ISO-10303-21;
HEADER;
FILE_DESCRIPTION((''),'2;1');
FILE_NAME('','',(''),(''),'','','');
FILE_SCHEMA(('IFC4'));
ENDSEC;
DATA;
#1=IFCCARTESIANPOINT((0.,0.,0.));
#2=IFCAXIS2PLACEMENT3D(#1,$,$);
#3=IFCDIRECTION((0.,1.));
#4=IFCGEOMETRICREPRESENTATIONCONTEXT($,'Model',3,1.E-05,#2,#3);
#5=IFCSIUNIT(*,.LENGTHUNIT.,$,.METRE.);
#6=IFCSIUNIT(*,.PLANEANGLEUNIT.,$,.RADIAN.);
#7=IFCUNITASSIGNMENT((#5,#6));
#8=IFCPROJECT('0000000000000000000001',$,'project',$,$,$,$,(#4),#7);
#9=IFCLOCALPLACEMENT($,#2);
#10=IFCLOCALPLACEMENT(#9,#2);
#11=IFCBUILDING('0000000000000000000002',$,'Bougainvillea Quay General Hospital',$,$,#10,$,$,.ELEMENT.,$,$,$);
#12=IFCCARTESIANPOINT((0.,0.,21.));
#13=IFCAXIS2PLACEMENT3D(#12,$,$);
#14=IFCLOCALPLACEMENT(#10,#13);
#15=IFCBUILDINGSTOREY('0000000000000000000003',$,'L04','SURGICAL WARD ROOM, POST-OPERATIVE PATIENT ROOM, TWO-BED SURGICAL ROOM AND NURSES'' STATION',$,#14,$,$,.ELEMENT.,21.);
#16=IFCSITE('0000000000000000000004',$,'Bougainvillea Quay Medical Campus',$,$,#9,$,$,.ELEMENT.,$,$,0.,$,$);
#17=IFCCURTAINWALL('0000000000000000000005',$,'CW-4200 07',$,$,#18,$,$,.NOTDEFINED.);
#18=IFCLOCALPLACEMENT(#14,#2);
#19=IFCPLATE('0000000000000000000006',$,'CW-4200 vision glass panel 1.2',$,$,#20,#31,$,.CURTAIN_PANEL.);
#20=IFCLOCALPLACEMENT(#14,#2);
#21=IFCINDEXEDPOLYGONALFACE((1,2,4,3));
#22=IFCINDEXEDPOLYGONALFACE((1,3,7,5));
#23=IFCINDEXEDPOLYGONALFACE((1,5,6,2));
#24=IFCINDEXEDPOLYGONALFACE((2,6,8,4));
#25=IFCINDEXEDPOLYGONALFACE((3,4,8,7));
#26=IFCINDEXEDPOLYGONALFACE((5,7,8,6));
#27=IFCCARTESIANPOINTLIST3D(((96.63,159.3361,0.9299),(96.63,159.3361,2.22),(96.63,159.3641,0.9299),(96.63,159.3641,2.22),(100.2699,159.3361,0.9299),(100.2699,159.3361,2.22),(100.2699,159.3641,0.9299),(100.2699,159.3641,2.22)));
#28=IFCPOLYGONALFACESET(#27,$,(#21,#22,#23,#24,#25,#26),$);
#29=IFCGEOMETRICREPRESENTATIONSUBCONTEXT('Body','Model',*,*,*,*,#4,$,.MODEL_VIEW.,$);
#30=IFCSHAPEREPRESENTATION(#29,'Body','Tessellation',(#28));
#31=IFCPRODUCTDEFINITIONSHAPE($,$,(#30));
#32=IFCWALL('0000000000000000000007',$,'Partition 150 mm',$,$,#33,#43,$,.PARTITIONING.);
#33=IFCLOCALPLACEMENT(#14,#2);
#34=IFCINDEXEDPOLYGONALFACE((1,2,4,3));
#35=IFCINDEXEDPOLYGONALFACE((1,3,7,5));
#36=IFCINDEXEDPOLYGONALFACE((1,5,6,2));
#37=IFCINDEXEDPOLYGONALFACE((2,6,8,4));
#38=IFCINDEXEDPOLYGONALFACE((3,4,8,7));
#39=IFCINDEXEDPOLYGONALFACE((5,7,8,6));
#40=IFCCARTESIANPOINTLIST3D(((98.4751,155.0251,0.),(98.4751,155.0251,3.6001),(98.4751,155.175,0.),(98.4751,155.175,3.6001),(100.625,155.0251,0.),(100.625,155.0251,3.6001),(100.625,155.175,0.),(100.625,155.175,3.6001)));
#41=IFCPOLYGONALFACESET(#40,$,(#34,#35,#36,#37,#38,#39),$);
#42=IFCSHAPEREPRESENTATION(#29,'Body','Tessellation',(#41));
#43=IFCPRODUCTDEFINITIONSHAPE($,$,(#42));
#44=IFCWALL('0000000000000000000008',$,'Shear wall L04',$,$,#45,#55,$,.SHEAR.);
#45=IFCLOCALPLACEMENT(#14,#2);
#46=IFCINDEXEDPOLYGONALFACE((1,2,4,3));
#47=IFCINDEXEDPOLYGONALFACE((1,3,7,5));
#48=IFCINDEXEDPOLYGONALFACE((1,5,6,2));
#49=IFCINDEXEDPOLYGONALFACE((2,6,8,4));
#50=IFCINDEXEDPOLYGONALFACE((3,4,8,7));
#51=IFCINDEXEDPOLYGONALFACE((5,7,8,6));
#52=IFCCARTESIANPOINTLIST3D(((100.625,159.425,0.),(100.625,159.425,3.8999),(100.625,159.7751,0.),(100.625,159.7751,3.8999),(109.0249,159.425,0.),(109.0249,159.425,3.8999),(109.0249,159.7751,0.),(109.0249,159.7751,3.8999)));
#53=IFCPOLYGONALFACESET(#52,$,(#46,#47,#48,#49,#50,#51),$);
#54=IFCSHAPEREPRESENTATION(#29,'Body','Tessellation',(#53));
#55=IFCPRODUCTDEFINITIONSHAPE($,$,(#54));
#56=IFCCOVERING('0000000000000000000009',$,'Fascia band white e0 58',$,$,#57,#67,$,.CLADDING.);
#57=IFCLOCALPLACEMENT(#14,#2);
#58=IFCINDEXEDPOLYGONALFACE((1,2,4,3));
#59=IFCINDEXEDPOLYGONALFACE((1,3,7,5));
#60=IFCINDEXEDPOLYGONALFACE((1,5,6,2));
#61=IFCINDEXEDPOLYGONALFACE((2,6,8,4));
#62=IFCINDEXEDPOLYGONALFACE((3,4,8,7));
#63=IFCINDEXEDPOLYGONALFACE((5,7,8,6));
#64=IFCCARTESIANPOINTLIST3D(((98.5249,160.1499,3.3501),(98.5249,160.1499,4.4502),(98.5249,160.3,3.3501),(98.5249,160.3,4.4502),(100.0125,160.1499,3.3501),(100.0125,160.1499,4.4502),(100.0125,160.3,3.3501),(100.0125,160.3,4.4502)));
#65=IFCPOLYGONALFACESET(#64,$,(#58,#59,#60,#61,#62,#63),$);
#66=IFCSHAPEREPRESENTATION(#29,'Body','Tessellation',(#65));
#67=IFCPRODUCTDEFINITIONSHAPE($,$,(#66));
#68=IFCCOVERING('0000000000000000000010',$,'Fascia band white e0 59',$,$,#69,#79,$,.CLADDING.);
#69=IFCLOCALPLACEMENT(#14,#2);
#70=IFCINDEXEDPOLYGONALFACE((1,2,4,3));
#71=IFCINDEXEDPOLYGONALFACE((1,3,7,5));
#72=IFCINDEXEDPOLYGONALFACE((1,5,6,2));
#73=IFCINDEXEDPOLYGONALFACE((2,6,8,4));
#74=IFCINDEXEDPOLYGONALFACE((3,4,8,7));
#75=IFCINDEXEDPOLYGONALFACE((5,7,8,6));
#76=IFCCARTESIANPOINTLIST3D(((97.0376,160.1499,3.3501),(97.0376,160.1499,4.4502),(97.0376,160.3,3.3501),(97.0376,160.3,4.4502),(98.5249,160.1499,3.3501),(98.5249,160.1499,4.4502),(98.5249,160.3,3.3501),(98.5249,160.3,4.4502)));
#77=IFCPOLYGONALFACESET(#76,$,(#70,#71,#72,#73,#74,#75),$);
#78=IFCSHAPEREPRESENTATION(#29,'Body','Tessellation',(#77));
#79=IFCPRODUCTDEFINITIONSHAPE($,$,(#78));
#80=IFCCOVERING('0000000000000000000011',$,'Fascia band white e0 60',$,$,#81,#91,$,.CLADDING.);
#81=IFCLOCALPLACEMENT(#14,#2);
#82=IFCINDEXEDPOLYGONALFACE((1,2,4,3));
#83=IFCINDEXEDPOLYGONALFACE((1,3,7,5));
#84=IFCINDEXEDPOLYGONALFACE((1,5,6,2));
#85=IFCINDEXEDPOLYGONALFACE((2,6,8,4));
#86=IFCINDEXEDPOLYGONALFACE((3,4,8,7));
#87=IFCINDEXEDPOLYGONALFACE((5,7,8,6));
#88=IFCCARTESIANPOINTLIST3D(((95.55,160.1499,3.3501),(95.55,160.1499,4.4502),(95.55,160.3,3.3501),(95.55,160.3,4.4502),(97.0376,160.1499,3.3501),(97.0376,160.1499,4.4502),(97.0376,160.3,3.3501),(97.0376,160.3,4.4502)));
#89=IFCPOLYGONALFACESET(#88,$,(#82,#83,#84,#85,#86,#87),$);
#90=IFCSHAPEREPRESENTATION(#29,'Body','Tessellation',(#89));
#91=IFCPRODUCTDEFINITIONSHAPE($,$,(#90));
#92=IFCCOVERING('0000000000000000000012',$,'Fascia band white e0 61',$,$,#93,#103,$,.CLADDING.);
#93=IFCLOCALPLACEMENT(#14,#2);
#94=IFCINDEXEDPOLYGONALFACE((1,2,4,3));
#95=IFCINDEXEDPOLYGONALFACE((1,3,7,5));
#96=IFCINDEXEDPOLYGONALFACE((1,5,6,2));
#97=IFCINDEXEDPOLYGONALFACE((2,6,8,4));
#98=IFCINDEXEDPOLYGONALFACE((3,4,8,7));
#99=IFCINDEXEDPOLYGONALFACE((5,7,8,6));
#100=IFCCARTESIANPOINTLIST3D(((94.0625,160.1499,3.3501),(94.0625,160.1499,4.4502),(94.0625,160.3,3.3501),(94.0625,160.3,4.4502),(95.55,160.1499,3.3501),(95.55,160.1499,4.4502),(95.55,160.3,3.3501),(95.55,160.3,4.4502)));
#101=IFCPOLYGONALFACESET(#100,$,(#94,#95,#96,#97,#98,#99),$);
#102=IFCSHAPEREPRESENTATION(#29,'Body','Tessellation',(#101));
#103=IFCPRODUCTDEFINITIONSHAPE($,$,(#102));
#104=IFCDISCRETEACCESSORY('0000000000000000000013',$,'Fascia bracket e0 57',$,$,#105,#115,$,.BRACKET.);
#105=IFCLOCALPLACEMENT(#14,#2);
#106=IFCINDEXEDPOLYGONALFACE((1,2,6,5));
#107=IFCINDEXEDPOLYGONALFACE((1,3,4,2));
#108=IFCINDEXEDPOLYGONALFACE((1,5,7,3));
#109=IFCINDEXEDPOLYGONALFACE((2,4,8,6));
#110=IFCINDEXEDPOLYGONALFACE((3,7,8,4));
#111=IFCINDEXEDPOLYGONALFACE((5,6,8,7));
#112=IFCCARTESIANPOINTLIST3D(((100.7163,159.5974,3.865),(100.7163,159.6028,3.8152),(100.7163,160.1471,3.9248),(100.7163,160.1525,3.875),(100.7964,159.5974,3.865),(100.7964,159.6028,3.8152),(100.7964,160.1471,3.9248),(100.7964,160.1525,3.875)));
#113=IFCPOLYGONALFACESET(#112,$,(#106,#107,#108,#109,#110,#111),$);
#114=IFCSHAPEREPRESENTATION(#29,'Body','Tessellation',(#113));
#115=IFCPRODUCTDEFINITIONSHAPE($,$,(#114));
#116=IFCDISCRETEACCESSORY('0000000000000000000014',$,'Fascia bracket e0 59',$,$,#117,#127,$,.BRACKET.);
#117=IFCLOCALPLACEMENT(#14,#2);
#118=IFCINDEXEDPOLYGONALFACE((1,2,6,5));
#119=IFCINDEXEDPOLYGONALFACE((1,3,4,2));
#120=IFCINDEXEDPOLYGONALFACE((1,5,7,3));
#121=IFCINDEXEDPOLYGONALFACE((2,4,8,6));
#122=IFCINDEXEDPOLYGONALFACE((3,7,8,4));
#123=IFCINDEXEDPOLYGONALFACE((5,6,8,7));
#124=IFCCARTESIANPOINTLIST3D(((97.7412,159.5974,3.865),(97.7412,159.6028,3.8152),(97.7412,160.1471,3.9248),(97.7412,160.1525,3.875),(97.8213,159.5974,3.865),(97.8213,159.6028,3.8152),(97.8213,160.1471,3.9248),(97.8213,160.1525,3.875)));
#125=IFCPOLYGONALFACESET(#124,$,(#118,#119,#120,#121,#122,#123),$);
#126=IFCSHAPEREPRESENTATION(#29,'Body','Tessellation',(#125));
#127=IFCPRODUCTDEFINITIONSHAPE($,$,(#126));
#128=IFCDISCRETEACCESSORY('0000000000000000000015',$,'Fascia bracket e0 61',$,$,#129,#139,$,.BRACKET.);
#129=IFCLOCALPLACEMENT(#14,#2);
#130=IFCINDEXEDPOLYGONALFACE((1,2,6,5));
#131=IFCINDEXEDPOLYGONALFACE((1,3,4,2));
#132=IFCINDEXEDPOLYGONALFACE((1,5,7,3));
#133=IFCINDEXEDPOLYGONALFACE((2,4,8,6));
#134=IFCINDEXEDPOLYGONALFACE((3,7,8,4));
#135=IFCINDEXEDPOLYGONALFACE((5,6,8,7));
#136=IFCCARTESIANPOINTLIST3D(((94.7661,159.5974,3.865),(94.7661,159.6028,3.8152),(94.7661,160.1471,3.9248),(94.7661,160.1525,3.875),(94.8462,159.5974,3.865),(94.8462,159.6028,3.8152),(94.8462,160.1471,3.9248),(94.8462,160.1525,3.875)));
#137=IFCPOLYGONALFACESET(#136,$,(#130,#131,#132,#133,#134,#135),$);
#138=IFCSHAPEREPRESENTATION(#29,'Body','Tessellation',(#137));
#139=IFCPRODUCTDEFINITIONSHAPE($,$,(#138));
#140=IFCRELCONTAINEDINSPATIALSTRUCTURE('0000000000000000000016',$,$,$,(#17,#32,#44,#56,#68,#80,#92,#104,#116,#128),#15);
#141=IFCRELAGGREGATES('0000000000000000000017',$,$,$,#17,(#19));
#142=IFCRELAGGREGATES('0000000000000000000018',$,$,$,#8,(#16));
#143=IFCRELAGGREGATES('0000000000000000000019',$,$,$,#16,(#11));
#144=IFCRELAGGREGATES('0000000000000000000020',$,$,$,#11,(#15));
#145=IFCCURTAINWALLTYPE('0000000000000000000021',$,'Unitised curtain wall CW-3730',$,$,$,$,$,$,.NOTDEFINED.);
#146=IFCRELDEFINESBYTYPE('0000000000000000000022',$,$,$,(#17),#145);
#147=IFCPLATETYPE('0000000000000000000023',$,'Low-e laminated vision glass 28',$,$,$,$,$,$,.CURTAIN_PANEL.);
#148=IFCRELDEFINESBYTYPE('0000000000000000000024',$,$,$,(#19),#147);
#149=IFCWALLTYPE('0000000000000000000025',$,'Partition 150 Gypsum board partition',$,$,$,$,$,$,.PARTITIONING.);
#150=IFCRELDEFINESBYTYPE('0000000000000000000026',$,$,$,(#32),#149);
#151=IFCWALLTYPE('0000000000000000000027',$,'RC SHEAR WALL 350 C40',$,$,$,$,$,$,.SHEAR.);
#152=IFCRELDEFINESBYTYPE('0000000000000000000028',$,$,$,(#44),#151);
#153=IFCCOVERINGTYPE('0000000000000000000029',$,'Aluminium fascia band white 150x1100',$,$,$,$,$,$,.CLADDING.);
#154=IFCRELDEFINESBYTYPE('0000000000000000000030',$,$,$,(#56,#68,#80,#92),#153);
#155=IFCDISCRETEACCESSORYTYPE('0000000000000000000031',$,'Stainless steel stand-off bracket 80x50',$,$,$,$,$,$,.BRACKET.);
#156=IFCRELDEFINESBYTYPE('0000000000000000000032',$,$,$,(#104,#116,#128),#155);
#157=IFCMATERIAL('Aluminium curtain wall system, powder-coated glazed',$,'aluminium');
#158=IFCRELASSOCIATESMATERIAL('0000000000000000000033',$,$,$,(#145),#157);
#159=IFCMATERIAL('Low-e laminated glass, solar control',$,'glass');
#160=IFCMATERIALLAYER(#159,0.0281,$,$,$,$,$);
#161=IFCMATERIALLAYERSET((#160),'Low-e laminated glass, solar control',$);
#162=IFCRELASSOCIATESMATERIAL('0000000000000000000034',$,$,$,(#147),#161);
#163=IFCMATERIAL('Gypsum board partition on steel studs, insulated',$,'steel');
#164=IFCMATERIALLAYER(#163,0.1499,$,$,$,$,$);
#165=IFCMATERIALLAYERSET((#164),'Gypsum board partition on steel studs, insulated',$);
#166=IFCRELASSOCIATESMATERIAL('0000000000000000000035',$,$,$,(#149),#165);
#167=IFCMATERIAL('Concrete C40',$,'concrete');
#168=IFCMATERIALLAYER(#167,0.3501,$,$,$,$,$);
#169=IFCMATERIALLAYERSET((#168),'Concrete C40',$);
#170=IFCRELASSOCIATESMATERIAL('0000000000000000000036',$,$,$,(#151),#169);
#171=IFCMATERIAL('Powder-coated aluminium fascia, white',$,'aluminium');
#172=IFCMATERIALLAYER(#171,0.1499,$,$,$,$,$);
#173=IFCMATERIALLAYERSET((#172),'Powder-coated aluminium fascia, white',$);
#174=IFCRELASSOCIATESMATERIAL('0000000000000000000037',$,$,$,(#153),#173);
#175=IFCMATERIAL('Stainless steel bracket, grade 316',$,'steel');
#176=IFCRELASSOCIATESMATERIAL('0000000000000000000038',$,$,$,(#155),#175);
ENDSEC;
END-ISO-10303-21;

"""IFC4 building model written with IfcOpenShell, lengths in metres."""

from ifc_helpers import new_model, si_unit, direction, frame, frame_2d, origin, origin_2d, place, context, subcontext, project, spatial, polyline, rectangle, outline, extrude, material, layer, layer_set, material_profile, profile_set, type_object, element, aggregate, save


model = new_model("IFC4")

# Units and contexts
model_context = context("Model", 3, precision=1e-05, world=origin(), true_north=direction((0.0, 1.0)))
body_context = subcontext(model_context, "Body", "Model", "MODEL_VIEW")
ifc_project = project(units=[si_unit("LENGTHUNIT", "METRE"), si_unit("PLANEANGLEUNIT", "RADIAN")], contexts=[model_context])

# Site, building, storey
site_placement = place(None, origin())
site = spatial("IfcSite", under=ifc_project, at=site_placement, Name="Bougainvillea Quay Medical Campus", CompositionType="ELEMENT", RefElevation=0.0)
building_placement = place(site_placement, origin())
building = spatial("IfcBuilding", under=site, at=building_placement, Name="Bougainvillea Quay General Hospital", CompositionType="ELEMENT")
storey_placement = place(building_placement, frame((0.0, 0.0, 21.0)))
storey = spatial("IfcBuildingStorey", under=building, at=storey_placement, Name="L04", Description="SURGICAL WARD ROOM, POST-OPERATIVE PATIENT ROOM, TWO-BED SURGICAL ROOM AND NURSES' STATION", CompositionType="ELEMENT", Elevation=21.0)

# Shared definitions
ifc_material_1 = material(Name="Concrete C40", Category="concrete")

# Curtain wall, plate
ifc_material_2 = material(Name="Aluminium curtain wall system, powder-coated glazed", Category="aluminium")
curtain_wall_type = type_object("IfcCurtainWallType", Name="Unitised curtain wall CW-3730", PredefinedType="NOTDEFINED", material=ifc_material_2)
curtain_wall_placement = place(storey_placement, origin())
curtain_wall = element("IfcCurtainWall", 1, at=curtain_wall_placement, inside=storey, type_object=curtain_wall_type, Name="CW-4200 07", PredefinedType="NOTDEFINED")
ifc_material_3 = material(Name="Low-e laminated glass, solar control", Category="glass")
ifc_layer_1 = layer(ifc_material_3, 0.0281)
ifc_layer_set_1 = layer_set([ifc_layer_1], Name="Low-e laminated glass, solar control")
plate_type_1 = type_object("IfcPlateType", Name="Low-e laminated vision glass 28", PredefinedType="CURTAIN_PANEL", material=ifc_layer_set_1)
plate_1_placement = place(storey_placement, frame((98.45, 159.3501, 0.9299), z_axis=(0.0, 0.0, 1.0), x_axis=(-1.0, 0.0, 0.0)))
plate_1 = element("IfcPlate", 2, at=plate_1_placement, type_object=plate_type_1, Name="CW-4200 vision glass panel 1.2", PredefinedType="CURTAIN_PANEL", context=body_context, shape_type="SweptSolid", body=[
    extrude(rectangle(XDim=3.6399, YDim=0.0281, at=origin_2d()), origin(), (0.0, 0.0, 1.0), 1.29),
])
aggregate(curtain_wall, [plate_1])

# Walls
ifc_material_4 = material(Name="Gypsum board partition on steel studs, insulated", Category="steel")
ifc_layer_2 = layer(ifc_material_4, 0.1499)
ifc_layer_set_2 = layer_set([ifc_layer_2], Name="Gypsum board partition on steel studs, insulated")
wall_type_1 = type_object("IfcWallType", Name="Partition 150 Gypsum board partition", PredefinedType="PARTITIONING", material=ifc_layer_set_2)
wall_1_placement = place(storey_placement, frame((98.4751, 155.1001, 0.0), z_axis=(0.0, 0.0, 1.0), x_axis=(1.0, 0.0, 0.0)))
element("IfcWall", 3, at=wall_1_placement, inside=storey, type_object=wall_type_1, Name="Partition 150 mm", PredefinedType="PARTITIONING", context=body_context, shape_type="SweptSolid", body=[
    extrude(rectangle(XDim=2.1499, YDim=0.1499, at=frame_2d((1.075, 0.0))), origin(), (0.0, 0.0, 1.0), 3.6001),
])
ifc_layer_3 = layer(ifc_material_1, 0.3501)
ifc_layer_set_3 = layer_set([ifc_layer_3], Name="Concrete C40")
wall_type_2 = type_object("IfcWallType", Name="RC SHEAR WALL 350 C40", PredefinedType="SHEAR", material=ifc_layer_set_3)
wall_2_placement = place(storey_placement, frame((100.625, 159.6001, 0.0), z_axis=(0.0, 0.0, 1.0), x_axis=(1.0, 0.0, 0.0)))
element("IfcWall", 4, at=wall_2_placement, inside=storey, type_object=wall_type_2, Name="Shear wall L04", PredefinedType="SHEAR", context=body_context, shape_type="SweptSolid", body=[
    extrude(rectangle(XDim=8.3999, YDim=0.3501, at=frame_2d((4.2, 0.0))), origin(), (0.0, 0.0, 1.0), 3.8999),
])

# Coverings
ifc_material_5 = material(Name="Powder-coated aluminium fascia, white", Category="aluminium")
ifc_layer_4 = layer(ifc_material_5, 0.1499)
ifc_layer_set_4 = layer_set([ifc_layer_4], Name="Powder-coated aluminium fascia, white")
covering_type = type_object("IfcCoveringType", Name="Aluminium fascia band white 150x1100", PredefinedType="CLADDING", material=ifc_layer_set_4)
covering_1_placement = place(storey_placement, frame((100.0125, 160.1499, 3.3501), z_axis=(0.0, 0.0, 1.0), x_axis=(-1.0, 0.0, 0.0)))
element("IfcCovering", 5, at=covering_1_placement, inside=storey, type_object=covering_type, Name="Fascia band white e0 58", PredefinedType="CLADDING", context=body_context, shape_type="SweptSolid", body=[
    extrude(outline(polyline([(0.0, 0.0), (1.4875, 0.0), (1.4875, -0.1501), (0.0, -0.1501), (0.0, 0.0)])), origin(), (0.0, 0.0, 1.0), 1.1001),
])
covering_2_placement = place(storey_placement, frame((98.5249, 160.1499, 3.3501), z_axis=(0.0, 0.0, 1.0), x_axis=(-1.0, 0.0, 0.0)))
element("IfcCovering", 6, at=covering_2_placement, inside=storey, type_object=covering_type, Name="Fascia band white e0 59", PredefinedType="CLADDING", context=body_context, shape_type="SweptSolid", body=[
    extrude(outline(polyline([(0.0, 0.0), (1.4873, 0.0), (1.4873, -0.1501), (0.0, -0.1501), (0.0, 0.0)])), origin(), (0.0, 0.0, 1.0), 1.1001),
])
for number, where, z_axis, x_axis, name in (
    (7, (97.0376, 160.1499, 3.3501), (0.0, 0.0, 1.0), (-1.0, 0.0, 0.0), "Fascia band white e0 60"),
    (8, (95.55, 160.1499, 3.3501), (0.0, 0.0, 1.0), (-1.0, 0.0, 0.0), "Fascia band white e0 61"),
):
    element("IfcCovering", number, at=place(storey_placement, frame(where, z_axis=z_axis, x_axis=x_axis)), inside=storey, type_object=covering_type, Name=name, PredefinedType="CLADDING", context=body_context, shape_type="SweptSolid", body=[
        extrude(outline(polyline([(0.0, 0.0), (1.4875, 0.0), (1.4875, -0.1501), (0.0, -0.1501), (0.0, 0.0)])), origin(), (0.0, 0.0, 1.0), 1.1001),
    ])

# Discrete accessories
ifc_material_6 = material(Name="Stainless steel bracket, grade 316", Category="steel")
ifc_material_profile_1 = material_profile(ifc_material_6, rectangle(XDim=0.0801, YDim=0.05, at=origin_2d()))
ifc_profile_set_1 = profile_set([ifc_material_profile_1], Name="Stainless steel bracket, grade 316")
discrete_accessory_type = type_object("IfcDiscreteAccessoryType", Name="Stainless steel stand-off bracket 80x50", PredefinedType="BRACKET", material=ifc_profile_set_1)
for number, where, z_axis, x_axis, name in (
    (9, (100.7563, 159.6001, 3.8401), (0.0, 0.994134, 0.108154), (-1.0, 0.0, 0.0), "Fascia bracket e0 57"),
    (10, (97.7812, 159.6001, 3.8401), (0.0, 0.994134, 0.108154), (-1.0, 0.0, 0.0), "Fascia bracket e0 59"),
    (11, (94.8062, 159.6001, 3.8401), (0.0, 0.994134, 0.108154), (-1.0, 0.0, 0.0), "Fascia bracket e0 61"),
):
    element("IfcDiscreteAccessory", number, at=place(storey_placement, frame(where, z_axis=z_axis, x_axis=x_axis)), inside=storey, type_object=discrete_accessory_type, Name=name, PredefinedType="BRACKET", context=body_context, shape_type="SweptSolid", body=[
        extrude(rectangle(XDim=0.0801, YDim=0.05, at=origin_2d()), origin(), (0.0, 0.0, 1.0), 0.553),
    ])

save(model, "model.ifc")
